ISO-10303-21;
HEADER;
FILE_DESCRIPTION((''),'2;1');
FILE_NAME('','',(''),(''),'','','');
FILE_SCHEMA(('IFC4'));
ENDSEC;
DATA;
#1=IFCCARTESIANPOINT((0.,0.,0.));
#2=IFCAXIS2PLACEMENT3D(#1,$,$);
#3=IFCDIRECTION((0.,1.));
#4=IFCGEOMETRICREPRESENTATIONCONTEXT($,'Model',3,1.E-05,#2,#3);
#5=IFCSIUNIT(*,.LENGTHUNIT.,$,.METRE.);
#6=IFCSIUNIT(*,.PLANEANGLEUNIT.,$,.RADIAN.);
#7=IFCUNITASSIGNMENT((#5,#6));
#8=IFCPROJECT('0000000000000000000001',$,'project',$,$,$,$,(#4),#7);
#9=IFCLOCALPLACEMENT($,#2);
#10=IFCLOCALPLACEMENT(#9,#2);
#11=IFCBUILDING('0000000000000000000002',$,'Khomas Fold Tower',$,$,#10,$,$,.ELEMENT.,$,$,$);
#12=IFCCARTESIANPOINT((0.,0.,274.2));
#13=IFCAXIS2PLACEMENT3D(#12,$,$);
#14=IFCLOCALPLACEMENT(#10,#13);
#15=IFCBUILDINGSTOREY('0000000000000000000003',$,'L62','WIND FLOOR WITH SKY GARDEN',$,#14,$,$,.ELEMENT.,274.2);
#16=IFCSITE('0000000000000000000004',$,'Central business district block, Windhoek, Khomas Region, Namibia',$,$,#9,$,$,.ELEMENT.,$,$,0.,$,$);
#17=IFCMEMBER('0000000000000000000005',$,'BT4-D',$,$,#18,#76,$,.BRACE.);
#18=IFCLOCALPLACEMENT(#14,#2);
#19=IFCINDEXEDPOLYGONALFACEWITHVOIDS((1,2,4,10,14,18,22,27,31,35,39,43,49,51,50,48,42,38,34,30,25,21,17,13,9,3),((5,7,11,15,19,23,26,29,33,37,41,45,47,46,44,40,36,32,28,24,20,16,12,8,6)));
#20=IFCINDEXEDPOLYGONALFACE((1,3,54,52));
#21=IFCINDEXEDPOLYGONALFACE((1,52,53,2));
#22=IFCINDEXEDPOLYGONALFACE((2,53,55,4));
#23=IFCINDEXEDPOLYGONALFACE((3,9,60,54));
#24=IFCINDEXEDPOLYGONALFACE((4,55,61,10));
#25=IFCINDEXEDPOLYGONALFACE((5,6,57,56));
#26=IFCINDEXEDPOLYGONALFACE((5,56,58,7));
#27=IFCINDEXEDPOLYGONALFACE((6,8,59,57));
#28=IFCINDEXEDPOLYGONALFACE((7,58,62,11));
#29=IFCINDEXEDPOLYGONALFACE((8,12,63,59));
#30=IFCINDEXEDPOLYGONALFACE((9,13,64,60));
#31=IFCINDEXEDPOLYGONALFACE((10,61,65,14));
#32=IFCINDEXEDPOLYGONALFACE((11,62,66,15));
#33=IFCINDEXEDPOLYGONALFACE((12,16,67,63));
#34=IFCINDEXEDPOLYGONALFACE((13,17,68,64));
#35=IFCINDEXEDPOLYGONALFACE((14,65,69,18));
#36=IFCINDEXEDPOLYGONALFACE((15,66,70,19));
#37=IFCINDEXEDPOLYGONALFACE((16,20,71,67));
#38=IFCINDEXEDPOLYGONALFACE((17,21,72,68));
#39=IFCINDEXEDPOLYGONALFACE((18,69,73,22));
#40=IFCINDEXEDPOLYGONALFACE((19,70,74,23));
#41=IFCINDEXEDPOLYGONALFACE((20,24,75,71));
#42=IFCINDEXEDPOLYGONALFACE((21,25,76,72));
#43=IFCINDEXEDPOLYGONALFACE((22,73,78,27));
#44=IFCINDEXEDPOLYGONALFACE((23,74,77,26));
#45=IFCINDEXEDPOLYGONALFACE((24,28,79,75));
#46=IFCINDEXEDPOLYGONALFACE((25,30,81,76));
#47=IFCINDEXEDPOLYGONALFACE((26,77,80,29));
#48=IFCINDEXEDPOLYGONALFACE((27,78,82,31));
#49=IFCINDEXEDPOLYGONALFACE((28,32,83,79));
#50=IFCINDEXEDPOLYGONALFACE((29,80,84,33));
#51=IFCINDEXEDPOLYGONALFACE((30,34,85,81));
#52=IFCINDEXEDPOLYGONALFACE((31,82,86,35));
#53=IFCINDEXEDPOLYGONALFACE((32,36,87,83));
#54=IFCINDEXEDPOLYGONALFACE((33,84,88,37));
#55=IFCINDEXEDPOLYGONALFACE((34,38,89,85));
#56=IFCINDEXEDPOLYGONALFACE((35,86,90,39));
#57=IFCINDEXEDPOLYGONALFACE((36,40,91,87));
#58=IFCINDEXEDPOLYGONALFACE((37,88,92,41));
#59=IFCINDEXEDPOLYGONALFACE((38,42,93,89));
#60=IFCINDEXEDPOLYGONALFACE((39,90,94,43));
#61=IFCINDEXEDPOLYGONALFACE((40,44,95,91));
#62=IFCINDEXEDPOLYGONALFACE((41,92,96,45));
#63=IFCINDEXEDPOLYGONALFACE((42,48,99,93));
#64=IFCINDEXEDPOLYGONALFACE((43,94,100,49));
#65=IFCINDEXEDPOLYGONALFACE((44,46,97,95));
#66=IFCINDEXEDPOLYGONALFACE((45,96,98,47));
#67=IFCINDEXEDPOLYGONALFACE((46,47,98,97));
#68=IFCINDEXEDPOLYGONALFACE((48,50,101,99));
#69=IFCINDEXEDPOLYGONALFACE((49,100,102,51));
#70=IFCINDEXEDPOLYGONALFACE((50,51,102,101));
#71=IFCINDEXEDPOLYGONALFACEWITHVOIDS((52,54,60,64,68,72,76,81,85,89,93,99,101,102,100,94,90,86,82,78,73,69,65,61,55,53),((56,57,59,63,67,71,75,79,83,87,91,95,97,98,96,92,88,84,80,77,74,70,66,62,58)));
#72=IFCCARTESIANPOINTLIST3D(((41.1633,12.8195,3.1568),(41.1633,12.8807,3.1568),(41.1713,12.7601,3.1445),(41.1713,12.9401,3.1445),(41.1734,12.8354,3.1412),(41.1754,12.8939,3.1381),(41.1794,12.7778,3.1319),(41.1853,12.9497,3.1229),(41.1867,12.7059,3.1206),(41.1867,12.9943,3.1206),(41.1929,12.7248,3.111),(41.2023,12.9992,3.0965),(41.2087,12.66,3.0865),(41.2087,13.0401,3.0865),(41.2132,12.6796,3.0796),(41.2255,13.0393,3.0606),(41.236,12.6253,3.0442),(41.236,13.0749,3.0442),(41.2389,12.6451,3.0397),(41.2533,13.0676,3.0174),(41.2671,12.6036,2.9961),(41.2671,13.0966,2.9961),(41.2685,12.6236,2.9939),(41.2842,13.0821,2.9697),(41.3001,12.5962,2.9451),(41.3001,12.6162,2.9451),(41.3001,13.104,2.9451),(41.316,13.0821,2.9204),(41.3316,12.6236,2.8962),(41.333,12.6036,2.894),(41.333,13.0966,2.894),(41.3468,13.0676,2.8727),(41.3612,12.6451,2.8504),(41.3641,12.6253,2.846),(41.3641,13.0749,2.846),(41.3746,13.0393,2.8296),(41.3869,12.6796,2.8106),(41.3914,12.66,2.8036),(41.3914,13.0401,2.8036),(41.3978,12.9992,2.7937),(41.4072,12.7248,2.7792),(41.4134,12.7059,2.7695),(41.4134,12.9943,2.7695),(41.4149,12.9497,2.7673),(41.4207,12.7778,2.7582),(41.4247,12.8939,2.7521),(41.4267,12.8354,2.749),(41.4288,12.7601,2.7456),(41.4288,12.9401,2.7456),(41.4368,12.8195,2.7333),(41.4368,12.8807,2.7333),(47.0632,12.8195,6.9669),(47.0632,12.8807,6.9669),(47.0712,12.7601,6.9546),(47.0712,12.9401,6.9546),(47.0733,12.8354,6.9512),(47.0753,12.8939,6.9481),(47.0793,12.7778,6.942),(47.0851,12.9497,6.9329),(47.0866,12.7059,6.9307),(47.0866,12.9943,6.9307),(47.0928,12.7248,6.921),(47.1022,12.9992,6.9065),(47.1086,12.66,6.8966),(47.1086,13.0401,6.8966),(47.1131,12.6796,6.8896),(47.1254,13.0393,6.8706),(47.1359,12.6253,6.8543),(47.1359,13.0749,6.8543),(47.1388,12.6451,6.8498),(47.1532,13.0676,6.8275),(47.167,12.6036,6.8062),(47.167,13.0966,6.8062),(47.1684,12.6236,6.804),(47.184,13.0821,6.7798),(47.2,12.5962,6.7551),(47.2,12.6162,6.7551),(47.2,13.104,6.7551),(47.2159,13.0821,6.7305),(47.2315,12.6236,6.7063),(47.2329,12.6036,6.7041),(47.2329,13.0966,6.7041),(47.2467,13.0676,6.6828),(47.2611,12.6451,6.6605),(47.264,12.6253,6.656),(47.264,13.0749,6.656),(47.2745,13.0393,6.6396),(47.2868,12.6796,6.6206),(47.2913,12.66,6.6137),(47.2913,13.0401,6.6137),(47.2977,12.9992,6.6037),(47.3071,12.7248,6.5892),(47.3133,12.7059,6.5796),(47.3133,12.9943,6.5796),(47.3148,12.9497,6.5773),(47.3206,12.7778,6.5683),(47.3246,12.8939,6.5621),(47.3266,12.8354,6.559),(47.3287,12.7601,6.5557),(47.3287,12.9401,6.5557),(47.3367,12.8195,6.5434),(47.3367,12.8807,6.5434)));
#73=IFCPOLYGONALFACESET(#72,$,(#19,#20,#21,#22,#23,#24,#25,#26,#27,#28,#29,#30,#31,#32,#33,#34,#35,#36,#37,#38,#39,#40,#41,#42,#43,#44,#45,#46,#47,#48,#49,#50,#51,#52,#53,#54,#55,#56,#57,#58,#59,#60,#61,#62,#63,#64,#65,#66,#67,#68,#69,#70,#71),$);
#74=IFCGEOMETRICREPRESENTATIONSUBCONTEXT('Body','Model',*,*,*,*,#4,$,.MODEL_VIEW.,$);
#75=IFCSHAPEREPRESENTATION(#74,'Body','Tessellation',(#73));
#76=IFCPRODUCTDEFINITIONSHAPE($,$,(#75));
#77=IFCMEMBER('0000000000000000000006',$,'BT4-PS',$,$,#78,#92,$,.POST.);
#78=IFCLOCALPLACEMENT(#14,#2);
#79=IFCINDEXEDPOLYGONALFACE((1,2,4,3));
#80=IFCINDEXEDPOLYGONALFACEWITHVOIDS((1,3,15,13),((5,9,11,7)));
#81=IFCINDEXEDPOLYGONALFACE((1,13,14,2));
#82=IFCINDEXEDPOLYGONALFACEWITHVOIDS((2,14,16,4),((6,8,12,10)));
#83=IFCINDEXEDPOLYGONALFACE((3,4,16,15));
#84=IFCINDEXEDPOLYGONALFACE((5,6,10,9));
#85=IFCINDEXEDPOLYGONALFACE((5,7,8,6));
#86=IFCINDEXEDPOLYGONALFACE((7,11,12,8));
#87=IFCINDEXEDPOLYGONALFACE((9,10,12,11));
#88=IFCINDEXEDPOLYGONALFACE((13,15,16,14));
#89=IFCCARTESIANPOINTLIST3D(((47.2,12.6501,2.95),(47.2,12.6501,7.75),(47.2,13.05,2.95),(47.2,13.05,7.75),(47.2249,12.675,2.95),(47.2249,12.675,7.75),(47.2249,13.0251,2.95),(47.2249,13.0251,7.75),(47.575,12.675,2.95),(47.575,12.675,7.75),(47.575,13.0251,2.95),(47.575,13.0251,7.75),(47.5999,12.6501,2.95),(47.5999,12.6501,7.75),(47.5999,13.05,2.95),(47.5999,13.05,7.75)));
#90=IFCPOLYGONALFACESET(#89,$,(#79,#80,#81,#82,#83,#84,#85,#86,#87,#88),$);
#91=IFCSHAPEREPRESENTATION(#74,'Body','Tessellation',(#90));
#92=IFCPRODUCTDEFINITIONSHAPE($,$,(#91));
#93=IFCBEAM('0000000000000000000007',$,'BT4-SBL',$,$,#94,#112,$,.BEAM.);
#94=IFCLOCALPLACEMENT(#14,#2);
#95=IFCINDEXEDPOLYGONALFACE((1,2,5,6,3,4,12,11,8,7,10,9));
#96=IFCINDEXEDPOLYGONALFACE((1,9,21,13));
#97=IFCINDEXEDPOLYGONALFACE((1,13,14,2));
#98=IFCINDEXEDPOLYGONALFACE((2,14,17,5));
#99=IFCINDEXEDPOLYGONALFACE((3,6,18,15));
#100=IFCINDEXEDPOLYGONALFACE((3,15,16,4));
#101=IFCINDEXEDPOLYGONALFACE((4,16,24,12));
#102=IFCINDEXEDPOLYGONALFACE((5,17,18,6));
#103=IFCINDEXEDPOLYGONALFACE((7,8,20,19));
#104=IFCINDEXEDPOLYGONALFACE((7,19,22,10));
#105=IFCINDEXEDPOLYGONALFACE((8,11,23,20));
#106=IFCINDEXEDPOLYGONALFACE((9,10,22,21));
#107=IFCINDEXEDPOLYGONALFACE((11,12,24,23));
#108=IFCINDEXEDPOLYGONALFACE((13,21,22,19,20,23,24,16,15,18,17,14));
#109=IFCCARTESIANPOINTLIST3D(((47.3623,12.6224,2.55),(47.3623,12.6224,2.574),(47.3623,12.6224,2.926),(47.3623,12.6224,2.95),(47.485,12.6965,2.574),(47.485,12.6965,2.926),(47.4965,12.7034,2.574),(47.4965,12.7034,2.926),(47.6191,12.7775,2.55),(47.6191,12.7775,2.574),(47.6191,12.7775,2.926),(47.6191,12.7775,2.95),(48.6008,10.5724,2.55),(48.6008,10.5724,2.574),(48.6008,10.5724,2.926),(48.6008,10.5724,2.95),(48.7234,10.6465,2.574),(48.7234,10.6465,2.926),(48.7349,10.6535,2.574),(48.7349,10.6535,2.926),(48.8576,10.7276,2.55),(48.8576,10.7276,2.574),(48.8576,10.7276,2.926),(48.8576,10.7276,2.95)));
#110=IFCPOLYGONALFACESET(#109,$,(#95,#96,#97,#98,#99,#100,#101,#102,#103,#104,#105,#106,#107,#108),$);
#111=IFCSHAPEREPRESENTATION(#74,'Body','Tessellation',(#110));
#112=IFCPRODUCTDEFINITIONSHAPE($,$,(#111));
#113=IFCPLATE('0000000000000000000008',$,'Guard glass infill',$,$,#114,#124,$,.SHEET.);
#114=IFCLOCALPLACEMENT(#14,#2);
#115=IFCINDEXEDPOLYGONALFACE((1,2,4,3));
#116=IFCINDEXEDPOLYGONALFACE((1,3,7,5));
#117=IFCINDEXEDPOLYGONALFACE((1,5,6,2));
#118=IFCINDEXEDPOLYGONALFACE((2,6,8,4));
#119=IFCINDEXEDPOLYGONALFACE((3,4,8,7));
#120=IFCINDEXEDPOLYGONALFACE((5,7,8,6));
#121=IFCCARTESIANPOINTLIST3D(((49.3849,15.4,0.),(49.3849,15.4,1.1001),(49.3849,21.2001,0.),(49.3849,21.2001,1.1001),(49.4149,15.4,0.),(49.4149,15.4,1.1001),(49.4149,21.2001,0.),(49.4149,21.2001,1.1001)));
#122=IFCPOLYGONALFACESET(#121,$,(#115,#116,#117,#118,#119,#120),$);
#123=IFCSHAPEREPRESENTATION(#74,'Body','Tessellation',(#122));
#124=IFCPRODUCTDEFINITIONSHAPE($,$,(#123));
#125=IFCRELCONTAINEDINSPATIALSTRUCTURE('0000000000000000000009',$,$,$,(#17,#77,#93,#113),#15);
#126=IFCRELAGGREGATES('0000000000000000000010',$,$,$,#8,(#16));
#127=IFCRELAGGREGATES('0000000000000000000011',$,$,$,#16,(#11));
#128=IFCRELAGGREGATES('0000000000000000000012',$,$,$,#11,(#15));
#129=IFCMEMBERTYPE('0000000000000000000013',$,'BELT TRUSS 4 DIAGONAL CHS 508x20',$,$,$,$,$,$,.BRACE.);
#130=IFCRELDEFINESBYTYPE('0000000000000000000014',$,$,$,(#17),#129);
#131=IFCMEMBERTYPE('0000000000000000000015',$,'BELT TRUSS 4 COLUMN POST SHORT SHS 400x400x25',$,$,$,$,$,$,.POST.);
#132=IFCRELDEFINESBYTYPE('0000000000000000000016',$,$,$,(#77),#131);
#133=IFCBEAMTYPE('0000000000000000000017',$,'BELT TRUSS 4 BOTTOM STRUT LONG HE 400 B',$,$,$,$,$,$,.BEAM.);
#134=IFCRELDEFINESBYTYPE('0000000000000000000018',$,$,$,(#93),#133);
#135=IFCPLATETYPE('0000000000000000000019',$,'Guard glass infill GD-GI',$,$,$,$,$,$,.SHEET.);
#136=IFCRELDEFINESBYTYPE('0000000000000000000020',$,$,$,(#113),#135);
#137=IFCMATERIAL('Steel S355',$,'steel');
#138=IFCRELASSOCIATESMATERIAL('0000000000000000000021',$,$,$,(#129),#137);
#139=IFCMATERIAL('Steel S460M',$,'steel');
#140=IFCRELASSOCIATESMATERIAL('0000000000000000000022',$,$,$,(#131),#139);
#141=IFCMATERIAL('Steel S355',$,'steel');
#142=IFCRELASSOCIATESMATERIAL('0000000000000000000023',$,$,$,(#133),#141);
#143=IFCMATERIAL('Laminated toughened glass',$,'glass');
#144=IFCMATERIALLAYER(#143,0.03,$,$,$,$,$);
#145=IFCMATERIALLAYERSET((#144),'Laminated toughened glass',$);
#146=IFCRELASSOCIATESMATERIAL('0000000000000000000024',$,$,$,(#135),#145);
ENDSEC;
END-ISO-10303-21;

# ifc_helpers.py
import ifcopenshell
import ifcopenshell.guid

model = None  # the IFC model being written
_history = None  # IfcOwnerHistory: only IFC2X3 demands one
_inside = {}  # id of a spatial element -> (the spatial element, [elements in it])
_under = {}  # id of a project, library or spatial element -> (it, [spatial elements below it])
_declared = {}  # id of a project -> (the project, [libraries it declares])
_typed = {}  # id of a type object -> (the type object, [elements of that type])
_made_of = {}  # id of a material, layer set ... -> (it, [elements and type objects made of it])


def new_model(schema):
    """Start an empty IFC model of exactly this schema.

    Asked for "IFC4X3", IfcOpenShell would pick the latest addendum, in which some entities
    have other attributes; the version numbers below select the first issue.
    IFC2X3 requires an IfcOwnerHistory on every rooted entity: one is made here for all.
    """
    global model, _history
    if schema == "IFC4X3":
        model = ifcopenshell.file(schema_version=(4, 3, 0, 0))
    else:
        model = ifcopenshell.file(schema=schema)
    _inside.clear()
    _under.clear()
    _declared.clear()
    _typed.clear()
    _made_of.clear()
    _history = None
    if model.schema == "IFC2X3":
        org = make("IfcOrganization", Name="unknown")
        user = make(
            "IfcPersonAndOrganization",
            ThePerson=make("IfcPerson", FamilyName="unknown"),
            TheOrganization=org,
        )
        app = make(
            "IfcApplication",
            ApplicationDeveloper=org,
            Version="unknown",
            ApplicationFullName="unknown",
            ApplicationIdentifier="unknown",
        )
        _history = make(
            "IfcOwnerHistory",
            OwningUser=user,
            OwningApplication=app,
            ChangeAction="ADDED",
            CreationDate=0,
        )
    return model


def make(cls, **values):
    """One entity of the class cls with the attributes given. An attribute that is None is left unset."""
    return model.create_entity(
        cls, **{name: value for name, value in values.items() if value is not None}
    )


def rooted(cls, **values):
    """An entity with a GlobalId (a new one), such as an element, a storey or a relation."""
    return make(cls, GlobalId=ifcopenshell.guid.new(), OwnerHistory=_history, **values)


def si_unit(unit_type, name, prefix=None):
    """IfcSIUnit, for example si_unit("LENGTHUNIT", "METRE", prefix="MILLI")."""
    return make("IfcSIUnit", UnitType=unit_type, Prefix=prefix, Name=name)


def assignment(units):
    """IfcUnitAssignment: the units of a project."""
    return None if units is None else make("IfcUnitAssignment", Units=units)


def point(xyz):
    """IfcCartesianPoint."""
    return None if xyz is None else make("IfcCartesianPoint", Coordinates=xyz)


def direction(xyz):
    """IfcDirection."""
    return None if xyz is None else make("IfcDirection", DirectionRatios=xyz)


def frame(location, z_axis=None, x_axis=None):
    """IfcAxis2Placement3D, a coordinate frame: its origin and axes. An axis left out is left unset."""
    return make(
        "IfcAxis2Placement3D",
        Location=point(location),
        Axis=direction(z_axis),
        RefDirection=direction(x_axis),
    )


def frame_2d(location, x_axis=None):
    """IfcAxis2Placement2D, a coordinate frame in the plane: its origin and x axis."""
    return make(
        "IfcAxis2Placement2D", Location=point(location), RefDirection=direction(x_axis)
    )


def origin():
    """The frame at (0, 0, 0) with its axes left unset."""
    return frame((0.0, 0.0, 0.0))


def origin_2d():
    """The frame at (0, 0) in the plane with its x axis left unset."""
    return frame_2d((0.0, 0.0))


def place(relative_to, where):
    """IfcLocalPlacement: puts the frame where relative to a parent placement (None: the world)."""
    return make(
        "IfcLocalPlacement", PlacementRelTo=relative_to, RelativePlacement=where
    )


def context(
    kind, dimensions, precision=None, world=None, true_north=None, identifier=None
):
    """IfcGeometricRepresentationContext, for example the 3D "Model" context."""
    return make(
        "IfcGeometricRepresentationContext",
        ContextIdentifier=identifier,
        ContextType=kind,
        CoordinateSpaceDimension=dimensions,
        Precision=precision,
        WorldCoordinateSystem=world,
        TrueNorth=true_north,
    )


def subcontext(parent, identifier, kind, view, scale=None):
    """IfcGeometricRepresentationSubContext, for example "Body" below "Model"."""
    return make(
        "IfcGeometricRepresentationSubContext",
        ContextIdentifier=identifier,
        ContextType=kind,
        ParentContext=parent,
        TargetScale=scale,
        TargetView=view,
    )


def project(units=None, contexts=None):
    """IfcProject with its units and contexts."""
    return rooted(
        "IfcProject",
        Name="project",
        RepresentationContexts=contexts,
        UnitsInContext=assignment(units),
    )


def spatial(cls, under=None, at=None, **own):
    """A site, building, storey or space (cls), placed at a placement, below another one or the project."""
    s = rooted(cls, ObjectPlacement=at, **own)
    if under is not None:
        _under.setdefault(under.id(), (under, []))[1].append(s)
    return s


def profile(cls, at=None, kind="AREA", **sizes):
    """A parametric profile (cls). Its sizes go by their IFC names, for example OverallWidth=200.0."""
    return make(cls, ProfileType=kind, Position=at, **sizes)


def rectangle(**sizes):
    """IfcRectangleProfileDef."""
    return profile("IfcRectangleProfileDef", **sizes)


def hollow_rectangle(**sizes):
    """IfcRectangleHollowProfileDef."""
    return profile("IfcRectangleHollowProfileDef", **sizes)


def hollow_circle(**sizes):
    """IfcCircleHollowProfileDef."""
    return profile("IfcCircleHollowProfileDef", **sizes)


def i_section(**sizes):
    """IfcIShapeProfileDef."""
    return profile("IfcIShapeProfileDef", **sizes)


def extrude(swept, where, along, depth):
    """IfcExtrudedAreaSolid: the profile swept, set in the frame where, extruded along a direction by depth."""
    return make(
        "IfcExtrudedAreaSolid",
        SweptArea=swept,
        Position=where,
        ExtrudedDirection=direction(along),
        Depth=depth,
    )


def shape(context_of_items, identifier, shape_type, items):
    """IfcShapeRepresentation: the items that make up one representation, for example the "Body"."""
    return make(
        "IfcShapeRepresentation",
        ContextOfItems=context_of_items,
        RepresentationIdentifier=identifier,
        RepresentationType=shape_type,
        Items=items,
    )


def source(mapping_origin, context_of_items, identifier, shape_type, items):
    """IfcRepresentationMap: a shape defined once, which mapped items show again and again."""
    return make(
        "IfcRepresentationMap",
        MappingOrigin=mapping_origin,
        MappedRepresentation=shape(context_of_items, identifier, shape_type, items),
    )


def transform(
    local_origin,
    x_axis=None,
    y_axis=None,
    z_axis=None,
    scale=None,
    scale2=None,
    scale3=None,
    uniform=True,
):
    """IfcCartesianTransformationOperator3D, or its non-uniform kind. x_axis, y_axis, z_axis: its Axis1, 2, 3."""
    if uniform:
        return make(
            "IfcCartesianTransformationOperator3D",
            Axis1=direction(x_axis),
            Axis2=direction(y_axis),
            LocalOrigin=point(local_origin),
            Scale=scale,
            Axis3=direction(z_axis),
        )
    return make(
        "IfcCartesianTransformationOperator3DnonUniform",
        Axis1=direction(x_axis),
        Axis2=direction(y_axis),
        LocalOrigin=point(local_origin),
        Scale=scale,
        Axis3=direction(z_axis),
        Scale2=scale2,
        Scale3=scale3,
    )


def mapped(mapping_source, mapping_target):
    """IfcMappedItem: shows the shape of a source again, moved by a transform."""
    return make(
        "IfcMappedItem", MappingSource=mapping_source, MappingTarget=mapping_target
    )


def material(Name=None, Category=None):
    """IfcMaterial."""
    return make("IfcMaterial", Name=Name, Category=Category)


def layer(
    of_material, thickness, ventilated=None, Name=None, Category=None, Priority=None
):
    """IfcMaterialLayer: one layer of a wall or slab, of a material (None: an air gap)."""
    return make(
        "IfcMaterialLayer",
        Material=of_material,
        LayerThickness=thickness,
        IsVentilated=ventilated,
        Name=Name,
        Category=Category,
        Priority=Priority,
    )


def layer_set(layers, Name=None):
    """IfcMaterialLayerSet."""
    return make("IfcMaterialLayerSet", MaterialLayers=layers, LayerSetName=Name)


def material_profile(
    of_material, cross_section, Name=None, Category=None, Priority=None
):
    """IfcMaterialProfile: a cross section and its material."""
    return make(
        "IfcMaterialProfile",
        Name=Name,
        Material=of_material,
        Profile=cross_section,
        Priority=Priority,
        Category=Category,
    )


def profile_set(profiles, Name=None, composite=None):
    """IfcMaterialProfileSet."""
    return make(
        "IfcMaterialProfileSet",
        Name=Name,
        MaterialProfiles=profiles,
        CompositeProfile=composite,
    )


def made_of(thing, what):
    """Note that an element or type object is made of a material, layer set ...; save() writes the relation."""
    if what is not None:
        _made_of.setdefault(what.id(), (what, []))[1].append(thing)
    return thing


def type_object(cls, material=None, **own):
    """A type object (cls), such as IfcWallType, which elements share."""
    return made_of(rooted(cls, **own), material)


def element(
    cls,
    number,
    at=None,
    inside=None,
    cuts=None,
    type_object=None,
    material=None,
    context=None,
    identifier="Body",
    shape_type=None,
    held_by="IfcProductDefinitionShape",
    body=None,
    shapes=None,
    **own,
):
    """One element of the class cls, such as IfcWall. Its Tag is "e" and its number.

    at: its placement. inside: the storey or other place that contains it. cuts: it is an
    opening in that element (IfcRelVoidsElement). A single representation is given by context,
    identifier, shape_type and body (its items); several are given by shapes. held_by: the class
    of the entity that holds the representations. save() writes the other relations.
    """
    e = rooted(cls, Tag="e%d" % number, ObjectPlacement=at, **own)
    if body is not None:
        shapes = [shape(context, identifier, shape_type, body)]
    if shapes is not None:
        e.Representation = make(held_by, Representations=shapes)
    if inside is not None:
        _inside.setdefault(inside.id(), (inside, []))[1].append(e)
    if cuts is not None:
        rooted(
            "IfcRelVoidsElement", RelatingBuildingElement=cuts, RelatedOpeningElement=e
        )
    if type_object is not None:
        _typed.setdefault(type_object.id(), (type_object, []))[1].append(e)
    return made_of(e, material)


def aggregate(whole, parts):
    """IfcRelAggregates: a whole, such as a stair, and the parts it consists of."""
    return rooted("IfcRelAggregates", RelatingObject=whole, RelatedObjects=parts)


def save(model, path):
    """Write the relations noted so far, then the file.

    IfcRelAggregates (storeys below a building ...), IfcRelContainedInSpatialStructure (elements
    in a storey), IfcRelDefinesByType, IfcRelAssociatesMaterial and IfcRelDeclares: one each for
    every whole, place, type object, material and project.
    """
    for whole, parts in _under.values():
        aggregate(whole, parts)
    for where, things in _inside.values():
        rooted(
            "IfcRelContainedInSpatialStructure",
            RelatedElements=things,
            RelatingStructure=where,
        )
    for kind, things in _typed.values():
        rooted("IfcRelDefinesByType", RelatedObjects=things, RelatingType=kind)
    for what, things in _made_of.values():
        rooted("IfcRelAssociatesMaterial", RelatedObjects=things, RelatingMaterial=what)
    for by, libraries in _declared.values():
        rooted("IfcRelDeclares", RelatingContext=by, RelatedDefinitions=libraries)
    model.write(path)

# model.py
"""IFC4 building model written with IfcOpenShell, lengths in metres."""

from ifc_helpers import new_model, si_unit, direction, frame, origin, origin_2d, place, context, subcontext, project, spatial, rectangle, hollow_rectangle, hollow_circle, i_section, extrude, source, transform, mapped, material, layer, layer_set, material_profile, profile_set, type_object, element, save


model = new_model("IFC4")

# Units and contexts
model_context = context("Model", 3, precision=1e-05, world=origin(), true_north=direction((0.0, 1.0)))
body_context = subcontext(model_context, "Body", "Model", "MODEL_VIEW")
ifc_project = project(units=[si_unit("LENGTHUNIT", "METRE"), si_unit("PLANEANGLEUNIT", "RADIAN")], contexts=[model_context])

# Site, building, storey
site_placement = place(None, origin())
site = spatial("IfcSite", under=ifc_project, at=site_placement, Name="Central business district block, Windhoek, Khomas Region, Namibia", CompositionType="ELEMENT", RefElevation=0.0)
building_placement = place(site_placement, origin())
building = spatial("IfcBuilding", under=site, at=building_placement, Name="Khomas Fold Tower", CompositionType="ELEMENT")
storey_placement = place(building_placement, frame((0.0, 0.0, 274.2)))
storey = spatial("IfcBuildingStorey", under=building, at=storey_placement, Name="L62", Description="WIND FLOOR WITH SKY GARDEN", CompositionType="ELEMENT", Elevation=274.2)

# Members
ifc_material_1 = material(Name="Steel S355", Category="steel")
ifc_material_profile_1 = material_profile(ifc_material_1, hollow_circle(Radius=0.2539, WallThickness=0.02, at=origin_2d()), Name="CHS 508x20")
ifc_profile_set_1 = profile_set([ifc_material_profile_1], Name="Steel S355")
member_type_1 = type_object("IfcMemberType", Name="BELT TRUSS 4 DIAGONAL CHS 508x20", PredefinedType="BRACE", material=ifc_profile_set_1)
shared_shape_1 = source(origin(), body_context, "Body", "SweptSolid", [
    extrude(hollow_circle(Radius=0.2539, WallThickness=0.02, at=origin_2d()), origin(), (0.0, 0.0, 1.0), 7.0232),
])
member_1_placement = place(storey_placement, frame((47.2, 12.8501, 6.7551), z_axis=(-0.840059, 0.0, -0.542496), x_axis=(0.0, -1.0, 0.0)))
element("IfcMember", 1, at=member_1_placement, inside=storey, type_object=member_type_1, Name="BT4-D", PredefinedType="BRACE", context=body_context, shape_type="MappedRepresentation", body=[
    mapped(shared_shape_1, transform((0.0, 0.0, 0.0))),
])
ifc_material_2 = material(Name="Steel S460M", Category="steel")
ifc_material_profile_2 = material_profile(ifc_material_2, hollow_rectangle(XDim=0.3999, YDim=0.3999, WallThickness=0.0249, at=origin_2d()), Name="SHS 400x400x25")
ifc_profile_set_2 = profile_set([ifc_material_profile_2], Name="Steel S460M")
member_type_2 = type_object("IfcMemberType", Name="BELT TRUSS 4 COLUMN POST SHORT SHS 400x400x25", PredefinedType="POST", material=ifc_profile_set_2)
shared_shape_2 = source(origin(), body_context, "Body", "SweptSolid", [
    extrude(hollow_rectangle(XDim=0.3999, YDim=0.3999, WallThickness=0.0249, at=origin_2d()), origin(), (0.0, 0.0, 1.0), 4.8),
])
member_2_placement = place(storey_placement, frame((47.3999, 12.8501, 2.95), z_axis=(0.0, 0.0, 1.0), x_axis=(1.0, 0.0, 0.0)))
element("IfcMember", 2, at=member_2_placement, inside=storey, type_object=member_type_2, Name="BT4-PS", PredefinedType="POST", context=body_context, shape_type="MappedRepresentation", body=[
    mapped(shared_shape_2, transform((0.0, 0.0, 0.0))),
])

# Beam
ifc_material_3 = material(Name="Steel S355", Category="steel")
ifc_material_profile_3 = material_profile(ifc_material_3, i_section(OverallWidth=0.3, OverallDepth=0.3999, WebThickness=0.0134, FlangeThickness=0.0239, at=origin_2d()), Name="HE 400 B")
ifc_profile_set_3 = profile_set([ifc_material_profile_3], Name="Steel S355")
beam_type_1 = type_object("IfcBeamType", Name="BELT TRUSS 4 BOTTOM STRUT LONG HE 400 B", PredefinedType="BEAM", material=ifc_profile_set_3)
shared_shape_3 = source(origin(), body_context, "Body", "SweptSolid", [
    extrude(i_section(OverallWidth=0.3, OverallDepth=0.3999, WebThickness=0.0134, FlangeThickness=0.0239, at=origin_2d()), origin(), (0.0, 0.0, 1.0), 2.395),
])
beam_1_placement = place(storey_placement, frame((47.4907, 12.7, 2.75), z_axis=(0.517102, -0.855924, 0.0), x_axis=(0.855924, 0.517102, 0.0)))
element("IfcBeam", 3, at=beam_1_placement, inside=storey, type_object=beam_type_1, Name="BT4-SBL", PredefinedType="BEAM", context=body_context, shape_type="MappedRepresentation", body=[
    mapped(shared_shape_3, transform((0.0, 0.0, 0.0))),
])

# Plate
ifc_material_4 = material(Name="Laminated toughened glass", Category="glass")
ifc_layer_1 = layer(ifc_material_4, 0.03)
ifc_layer_set_1 = layer_set([ifc_layer_1], Name="Laminated toughened glass")
plate_type = type_object("IfcPlateType", Name="Guard glass infill GD-GI", PredefinedType="SHEET", material=ifc_layer_set_1)
shared_shape_4 = source(origin(), body_context, "Body", "SweptSolid", [
    extrude(rectangle(XDim=5.8, YDim=0.03, at=origin_2d()), origin(), (0.0, 0.0, 1.0), 1.1001),
])
plate_placement = place(storey_placement, frame((49.3999, 18.3, 0.0), z_axis=(0.0, 0.0, 1.0), x_axis=(0.0, -1.0, 0.0)))
element("IfcPlate", 4, at=plate_placement, inside=storey, type_object=plate_type, Name="Guard glass infill", PredefinedType="SHEET", context=body_context, shape_type="MappedRepresentation", body=[
    mapped(shared_shape_4, transform((0.0, 0.0, 0.0))),
])

save(model, "model.ifc")
